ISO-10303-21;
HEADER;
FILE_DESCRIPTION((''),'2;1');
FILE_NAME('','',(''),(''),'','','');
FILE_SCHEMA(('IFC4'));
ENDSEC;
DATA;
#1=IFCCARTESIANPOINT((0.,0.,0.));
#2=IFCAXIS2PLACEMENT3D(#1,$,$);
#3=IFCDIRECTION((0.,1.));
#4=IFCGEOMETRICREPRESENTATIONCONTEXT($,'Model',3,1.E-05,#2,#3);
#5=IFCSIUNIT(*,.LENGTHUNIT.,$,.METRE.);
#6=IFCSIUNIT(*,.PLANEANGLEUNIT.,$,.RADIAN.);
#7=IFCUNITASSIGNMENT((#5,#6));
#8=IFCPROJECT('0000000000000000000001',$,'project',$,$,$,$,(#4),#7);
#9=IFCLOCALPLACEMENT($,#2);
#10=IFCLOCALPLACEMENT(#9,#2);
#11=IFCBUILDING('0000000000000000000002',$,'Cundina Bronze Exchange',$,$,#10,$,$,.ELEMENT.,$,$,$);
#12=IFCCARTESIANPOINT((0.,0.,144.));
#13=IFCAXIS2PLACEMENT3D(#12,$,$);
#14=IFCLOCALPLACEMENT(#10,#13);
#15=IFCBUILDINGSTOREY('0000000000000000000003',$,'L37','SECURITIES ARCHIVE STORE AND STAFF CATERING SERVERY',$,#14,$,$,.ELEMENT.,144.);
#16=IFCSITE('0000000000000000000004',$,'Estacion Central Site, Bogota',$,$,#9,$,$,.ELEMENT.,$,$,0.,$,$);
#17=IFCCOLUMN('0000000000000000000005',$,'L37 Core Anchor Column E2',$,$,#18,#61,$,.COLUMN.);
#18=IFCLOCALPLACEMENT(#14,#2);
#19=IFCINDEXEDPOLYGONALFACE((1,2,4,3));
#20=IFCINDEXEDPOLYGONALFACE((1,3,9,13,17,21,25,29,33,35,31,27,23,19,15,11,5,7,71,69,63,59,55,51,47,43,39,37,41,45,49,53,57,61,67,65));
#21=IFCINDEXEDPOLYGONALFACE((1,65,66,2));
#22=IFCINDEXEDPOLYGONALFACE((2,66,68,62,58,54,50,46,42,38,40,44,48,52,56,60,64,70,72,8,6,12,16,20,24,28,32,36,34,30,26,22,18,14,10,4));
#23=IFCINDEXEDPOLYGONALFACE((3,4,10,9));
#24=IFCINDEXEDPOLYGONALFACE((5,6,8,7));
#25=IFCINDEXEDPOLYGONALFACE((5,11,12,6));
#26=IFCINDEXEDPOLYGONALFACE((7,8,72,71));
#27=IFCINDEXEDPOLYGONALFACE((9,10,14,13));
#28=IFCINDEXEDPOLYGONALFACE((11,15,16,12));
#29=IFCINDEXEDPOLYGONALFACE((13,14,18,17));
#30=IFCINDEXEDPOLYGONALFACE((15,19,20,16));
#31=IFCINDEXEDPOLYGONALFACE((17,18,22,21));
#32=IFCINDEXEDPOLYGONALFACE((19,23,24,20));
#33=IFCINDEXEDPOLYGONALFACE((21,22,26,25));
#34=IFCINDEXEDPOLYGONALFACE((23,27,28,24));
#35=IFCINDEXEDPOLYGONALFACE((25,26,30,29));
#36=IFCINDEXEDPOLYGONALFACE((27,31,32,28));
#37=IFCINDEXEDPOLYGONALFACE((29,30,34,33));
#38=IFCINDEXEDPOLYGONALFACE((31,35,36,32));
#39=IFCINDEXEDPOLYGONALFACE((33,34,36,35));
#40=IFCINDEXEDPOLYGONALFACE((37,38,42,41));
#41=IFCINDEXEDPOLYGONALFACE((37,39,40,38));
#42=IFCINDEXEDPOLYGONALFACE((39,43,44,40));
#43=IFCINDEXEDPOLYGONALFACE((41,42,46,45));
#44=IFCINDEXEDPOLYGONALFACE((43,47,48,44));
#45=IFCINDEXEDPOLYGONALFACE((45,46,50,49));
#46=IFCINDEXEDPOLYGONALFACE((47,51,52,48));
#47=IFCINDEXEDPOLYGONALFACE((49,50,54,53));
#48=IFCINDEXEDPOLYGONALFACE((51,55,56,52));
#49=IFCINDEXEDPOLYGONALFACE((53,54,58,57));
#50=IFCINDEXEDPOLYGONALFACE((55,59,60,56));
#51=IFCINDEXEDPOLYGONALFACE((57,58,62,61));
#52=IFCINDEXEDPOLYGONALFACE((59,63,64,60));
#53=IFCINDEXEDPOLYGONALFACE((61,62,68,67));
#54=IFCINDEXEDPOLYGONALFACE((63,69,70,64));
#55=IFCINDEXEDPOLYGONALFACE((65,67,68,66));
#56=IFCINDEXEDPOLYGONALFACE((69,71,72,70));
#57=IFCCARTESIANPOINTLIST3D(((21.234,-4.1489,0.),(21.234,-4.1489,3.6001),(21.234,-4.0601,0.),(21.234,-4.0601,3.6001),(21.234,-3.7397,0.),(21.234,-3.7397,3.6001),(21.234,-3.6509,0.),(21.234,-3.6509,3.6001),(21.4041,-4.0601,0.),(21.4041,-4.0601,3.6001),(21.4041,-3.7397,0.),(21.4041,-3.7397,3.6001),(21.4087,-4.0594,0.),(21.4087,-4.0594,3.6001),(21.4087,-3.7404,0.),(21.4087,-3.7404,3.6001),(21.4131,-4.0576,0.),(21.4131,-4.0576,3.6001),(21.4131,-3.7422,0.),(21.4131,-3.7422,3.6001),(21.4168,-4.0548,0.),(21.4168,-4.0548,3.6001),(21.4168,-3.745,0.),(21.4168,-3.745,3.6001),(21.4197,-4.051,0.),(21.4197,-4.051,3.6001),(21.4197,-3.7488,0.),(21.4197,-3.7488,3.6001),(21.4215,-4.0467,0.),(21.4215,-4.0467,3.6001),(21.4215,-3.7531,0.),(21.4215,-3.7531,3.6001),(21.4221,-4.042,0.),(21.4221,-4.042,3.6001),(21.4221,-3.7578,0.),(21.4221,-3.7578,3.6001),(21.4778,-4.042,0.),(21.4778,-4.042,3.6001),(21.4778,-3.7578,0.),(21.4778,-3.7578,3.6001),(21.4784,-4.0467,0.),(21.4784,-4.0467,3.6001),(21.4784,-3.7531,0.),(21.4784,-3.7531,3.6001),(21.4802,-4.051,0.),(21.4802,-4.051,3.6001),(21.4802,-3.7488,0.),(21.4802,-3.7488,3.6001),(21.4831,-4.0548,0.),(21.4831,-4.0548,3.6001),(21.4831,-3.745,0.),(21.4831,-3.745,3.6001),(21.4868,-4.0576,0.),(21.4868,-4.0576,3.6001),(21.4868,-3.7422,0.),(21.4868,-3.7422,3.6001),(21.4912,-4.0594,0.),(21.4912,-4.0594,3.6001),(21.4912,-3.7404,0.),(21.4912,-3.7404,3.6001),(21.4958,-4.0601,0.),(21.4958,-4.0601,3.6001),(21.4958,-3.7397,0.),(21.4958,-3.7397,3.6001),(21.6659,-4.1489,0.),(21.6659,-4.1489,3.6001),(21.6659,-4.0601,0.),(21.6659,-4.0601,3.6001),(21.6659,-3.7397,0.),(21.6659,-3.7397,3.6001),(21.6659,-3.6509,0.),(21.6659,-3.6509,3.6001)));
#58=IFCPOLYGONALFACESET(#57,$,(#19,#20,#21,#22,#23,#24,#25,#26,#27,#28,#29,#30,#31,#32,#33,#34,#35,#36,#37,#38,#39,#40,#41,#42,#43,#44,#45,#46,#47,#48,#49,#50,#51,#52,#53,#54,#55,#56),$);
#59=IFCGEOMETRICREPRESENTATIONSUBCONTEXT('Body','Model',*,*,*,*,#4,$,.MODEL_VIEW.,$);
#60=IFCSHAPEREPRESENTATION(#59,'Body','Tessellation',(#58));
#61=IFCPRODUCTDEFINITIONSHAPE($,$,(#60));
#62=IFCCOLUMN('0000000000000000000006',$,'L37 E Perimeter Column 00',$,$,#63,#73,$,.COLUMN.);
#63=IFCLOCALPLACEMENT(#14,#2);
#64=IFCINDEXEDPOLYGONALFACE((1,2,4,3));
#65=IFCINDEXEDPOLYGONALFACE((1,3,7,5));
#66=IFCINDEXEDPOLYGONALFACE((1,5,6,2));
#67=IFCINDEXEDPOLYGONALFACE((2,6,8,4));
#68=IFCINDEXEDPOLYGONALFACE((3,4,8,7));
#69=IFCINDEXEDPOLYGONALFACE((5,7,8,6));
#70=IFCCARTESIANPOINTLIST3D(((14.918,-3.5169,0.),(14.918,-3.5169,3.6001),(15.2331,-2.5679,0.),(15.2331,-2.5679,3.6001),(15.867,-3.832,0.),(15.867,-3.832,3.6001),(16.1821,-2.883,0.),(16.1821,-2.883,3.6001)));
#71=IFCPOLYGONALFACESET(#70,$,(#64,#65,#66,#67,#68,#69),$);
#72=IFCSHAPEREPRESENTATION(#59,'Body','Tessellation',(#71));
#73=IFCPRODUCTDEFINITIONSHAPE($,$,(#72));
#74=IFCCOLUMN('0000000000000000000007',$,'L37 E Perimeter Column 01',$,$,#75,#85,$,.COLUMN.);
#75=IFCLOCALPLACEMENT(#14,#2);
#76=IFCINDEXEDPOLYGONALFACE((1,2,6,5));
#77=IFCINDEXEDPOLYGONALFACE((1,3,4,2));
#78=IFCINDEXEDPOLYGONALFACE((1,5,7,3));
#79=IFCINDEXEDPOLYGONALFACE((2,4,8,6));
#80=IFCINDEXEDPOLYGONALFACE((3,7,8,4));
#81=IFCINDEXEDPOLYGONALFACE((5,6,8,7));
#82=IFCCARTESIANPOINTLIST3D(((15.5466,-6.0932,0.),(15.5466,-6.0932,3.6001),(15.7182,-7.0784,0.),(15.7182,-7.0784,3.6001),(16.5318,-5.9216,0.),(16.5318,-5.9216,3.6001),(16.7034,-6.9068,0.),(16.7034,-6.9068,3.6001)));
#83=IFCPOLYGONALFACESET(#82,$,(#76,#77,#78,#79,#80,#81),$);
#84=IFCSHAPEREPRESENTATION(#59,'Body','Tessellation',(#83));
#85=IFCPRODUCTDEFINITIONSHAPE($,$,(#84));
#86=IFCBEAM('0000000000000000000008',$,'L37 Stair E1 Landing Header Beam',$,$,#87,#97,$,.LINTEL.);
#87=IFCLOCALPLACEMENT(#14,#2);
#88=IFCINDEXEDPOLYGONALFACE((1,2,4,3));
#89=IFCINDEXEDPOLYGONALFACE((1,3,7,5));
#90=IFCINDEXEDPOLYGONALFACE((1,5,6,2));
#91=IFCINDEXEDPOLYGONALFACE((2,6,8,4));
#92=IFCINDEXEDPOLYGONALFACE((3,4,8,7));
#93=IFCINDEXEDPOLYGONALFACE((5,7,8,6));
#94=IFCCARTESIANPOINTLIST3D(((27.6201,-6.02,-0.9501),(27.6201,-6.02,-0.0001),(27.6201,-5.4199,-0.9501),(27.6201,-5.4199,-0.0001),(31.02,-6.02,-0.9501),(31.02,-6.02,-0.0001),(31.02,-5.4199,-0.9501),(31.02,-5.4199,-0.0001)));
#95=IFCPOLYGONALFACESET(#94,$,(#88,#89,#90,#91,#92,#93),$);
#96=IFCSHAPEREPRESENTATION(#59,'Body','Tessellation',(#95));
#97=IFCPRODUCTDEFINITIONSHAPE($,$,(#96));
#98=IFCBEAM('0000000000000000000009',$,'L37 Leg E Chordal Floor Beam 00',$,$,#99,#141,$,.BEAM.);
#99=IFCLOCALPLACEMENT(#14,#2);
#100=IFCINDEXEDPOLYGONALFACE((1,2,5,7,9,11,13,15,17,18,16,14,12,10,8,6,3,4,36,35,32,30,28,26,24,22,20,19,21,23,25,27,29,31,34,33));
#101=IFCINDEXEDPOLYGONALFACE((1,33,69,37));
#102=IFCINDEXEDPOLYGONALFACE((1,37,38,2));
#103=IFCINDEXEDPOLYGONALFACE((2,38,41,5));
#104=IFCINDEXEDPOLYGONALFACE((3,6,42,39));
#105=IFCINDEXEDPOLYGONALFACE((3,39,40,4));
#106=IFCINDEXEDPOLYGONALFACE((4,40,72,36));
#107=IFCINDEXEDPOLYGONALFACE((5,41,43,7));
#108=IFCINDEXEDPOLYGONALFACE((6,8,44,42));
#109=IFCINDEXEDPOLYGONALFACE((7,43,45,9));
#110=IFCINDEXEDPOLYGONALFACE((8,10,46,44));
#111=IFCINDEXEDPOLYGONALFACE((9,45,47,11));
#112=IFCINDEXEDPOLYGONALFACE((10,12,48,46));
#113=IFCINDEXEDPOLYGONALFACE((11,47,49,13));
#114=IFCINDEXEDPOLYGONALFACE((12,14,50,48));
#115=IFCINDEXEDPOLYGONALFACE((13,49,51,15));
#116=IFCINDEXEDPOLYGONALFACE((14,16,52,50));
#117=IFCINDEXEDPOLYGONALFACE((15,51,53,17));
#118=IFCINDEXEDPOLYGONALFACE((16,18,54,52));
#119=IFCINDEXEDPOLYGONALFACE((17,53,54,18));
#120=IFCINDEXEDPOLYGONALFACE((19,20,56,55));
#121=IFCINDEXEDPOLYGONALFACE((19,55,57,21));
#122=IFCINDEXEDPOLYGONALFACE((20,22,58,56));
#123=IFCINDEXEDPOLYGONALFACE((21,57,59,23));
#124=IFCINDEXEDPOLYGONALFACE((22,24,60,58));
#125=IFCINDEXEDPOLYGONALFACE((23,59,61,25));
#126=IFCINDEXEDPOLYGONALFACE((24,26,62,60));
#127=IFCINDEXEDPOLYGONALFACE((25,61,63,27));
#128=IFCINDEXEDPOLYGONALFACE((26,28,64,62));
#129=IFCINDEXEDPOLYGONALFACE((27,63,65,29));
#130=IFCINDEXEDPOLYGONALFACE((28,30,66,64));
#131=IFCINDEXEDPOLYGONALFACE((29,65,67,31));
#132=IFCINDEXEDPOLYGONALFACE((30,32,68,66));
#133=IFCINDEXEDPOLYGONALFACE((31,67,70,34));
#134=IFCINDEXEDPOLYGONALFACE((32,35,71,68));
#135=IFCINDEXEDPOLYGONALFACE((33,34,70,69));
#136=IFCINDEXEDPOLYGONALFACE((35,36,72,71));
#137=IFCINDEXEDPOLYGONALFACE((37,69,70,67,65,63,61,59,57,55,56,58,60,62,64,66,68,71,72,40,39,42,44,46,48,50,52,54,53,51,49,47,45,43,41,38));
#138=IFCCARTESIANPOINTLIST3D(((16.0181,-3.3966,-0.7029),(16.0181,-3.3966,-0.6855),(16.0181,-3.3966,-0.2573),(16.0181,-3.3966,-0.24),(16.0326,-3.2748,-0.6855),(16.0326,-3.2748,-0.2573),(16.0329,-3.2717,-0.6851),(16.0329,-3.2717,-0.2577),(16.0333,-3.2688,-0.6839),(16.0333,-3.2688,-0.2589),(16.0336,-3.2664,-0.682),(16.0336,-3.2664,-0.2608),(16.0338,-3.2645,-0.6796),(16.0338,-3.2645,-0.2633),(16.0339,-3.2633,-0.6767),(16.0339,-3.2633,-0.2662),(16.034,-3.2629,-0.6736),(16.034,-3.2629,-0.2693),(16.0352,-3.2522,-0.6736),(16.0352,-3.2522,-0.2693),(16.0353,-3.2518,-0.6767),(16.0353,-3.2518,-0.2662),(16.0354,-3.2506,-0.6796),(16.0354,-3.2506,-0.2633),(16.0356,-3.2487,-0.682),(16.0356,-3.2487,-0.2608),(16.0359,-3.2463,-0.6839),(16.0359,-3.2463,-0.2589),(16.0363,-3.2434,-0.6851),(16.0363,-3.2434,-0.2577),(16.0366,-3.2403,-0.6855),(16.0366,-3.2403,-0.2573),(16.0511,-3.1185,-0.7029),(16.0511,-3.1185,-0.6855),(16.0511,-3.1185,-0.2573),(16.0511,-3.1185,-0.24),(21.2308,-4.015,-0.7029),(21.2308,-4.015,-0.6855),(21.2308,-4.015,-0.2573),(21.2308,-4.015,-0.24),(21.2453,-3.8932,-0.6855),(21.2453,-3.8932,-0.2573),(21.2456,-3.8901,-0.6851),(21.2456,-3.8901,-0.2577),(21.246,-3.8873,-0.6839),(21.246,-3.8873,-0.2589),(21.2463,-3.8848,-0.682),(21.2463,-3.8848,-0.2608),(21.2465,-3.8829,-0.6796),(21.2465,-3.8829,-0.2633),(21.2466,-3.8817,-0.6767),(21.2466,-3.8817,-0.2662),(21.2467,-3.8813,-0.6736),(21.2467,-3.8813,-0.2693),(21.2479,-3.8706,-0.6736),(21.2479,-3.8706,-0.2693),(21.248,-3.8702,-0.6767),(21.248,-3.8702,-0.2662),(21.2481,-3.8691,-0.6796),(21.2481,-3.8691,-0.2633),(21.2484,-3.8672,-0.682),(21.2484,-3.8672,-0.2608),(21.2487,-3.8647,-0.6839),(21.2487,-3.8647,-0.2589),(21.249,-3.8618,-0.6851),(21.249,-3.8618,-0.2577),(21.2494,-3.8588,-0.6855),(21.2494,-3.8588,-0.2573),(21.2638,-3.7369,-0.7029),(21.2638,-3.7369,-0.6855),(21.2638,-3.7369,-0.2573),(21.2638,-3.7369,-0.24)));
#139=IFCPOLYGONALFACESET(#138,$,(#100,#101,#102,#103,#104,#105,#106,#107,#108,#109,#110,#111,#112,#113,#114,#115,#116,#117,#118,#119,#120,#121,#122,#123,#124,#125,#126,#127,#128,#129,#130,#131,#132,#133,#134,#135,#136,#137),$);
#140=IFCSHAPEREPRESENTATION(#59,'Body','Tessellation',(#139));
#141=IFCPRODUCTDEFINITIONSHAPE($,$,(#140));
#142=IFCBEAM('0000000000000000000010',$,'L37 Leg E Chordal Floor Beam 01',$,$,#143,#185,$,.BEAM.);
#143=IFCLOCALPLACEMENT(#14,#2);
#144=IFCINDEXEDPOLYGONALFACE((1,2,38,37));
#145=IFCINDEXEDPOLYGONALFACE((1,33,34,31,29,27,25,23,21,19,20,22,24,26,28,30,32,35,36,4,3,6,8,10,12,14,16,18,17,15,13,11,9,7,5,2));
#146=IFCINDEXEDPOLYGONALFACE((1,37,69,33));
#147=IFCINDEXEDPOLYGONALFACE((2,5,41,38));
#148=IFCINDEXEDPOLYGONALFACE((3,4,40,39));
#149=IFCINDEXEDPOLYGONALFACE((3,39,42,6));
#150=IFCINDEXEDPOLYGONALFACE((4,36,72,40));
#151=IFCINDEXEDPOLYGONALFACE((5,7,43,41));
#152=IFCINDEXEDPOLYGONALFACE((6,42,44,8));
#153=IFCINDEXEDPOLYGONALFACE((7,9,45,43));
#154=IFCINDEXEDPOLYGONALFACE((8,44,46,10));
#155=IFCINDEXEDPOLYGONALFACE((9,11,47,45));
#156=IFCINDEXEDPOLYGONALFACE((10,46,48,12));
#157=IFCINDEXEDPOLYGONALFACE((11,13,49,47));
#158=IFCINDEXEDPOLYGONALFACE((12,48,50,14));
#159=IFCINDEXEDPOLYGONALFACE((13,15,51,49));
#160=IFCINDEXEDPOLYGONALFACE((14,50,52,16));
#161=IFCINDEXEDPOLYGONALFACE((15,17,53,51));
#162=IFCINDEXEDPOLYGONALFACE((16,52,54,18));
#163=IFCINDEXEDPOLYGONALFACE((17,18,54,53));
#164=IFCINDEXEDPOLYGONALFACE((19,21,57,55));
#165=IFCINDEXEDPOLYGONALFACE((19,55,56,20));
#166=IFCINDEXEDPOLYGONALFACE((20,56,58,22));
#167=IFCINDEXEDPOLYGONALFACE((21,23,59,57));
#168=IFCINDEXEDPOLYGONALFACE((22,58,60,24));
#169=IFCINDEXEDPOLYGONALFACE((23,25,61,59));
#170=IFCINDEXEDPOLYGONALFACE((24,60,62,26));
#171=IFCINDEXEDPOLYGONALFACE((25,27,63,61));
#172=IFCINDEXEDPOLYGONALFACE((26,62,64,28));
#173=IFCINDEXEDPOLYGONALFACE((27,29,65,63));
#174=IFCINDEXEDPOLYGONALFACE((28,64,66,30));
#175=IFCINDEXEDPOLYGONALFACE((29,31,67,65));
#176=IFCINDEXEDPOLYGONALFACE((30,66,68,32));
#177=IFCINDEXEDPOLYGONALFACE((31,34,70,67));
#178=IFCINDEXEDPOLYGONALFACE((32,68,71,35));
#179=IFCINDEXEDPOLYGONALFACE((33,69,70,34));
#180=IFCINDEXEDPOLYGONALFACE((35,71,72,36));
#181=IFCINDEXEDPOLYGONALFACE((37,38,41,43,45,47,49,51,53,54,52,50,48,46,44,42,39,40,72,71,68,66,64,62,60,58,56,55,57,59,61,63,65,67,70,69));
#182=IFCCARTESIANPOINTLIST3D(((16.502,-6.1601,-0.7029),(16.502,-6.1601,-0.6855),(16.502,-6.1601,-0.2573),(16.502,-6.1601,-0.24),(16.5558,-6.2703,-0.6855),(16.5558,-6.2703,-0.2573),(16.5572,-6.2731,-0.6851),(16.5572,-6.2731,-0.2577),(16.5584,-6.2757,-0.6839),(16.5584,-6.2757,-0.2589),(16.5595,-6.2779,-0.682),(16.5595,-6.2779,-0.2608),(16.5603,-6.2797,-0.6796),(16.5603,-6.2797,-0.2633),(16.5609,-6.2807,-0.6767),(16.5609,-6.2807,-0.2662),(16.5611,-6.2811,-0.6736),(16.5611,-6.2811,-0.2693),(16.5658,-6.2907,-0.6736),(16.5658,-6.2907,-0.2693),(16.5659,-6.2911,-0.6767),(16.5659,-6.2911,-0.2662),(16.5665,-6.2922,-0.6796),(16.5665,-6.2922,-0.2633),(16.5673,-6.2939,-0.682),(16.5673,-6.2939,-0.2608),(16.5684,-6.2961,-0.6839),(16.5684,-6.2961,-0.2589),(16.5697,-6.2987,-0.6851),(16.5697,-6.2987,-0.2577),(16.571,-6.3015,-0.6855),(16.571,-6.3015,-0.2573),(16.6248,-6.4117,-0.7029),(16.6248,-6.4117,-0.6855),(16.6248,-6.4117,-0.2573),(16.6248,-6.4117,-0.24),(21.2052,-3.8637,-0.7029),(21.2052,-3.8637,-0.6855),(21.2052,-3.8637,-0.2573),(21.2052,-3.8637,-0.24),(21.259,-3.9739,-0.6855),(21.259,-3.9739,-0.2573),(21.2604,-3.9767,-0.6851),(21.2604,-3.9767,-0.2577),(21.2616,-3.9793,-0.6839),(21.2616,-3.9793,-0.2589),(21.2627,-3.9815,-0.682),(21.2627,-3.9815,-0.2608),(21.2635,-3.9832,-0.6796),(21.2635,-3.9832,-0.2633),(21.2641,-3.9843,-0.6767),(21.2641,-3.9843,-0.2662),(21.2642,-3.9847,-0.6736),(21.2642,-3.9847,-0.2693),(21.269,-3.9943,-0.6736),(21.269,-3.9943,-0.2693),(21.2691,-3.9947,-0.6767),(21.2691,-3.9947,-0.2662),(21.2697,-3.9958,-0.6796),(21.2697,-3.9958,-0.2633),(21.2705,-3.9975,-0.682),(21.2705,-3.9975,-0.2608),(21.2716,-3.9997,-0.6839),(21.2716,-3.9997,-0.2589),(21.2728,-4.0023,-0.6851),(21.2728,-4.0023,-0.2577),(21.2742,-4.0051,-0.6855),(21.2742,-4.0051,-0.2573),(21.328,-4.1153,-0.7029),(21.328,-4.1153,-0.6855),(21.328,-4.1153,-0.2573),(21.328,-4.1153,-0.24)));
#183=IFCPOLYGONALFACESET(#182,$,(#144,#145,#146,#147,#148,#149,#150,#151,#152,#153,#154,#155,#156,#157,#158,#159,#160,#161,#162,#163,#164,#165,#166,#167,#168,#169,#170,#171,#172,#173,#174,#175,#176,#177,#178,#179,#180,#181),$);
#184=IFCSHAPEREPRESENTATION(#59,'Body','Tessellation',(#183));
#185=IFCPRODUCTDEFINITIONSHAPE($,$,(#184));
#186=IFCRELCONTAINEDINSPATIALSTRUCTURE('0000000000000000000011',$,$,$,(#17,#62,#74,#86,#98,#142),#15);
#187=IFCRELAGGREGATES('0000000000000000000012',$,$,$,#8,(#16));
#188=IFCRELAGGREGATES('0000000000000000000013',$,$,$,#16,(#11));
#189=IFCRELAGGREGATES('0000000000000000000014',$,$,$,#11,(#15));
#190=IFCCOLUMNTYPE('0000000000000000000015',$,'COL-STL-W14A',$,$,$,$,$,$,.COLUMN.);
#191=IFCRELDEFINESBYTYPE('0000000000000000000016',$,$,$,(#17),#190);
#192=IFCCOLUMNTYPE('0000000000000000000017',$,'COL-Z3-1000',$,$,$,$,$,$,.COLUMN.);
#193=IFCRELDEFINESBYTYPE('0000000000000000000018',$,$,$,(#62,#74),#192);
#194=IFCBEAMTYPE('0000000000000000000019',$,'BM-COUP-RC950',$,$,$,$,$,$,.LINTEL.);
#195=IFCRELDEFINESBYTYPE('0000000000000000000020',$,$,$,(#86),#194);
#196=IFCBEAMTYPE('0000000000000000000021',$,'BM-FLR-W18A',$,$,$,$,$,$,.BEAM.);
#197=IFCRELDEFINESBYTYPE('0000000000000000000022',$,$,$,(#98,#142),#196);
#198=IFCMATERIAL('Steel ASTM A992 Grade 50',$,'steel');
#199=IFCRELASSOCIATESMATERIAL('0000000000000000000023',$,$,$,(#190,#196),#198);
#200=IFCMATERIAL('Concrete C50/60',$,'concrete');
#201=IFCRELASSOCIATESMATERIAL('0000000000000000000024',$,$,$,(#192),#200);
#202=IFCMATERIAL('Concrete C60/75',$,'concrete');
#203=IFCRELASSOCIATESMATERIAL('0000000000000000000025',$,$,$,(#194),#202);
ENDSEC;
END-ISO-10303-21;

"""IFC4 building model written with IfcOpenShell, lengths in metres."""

from ifc_helpers import new_model, si_unit, direction, frame, origin, origin_2d, place, context, subcontext, project, spatial, rectangle, i_section, extrude, material, material_profile, profile_set, type_object, element, save


model = new_model("IFC4")

# Units and contexts
model_context = context("Model", 3, precision=1e-05, world=origin(), true_north=direction((0.0, 1.0)))
body_context = subcontext(model_context, "Body", "Model", "MODEL_VIEW")
ifc_project = project(units=[si_unit("LENGTHUNIT", "METRE"), si_unit("PLANEANGLEUNIT", "RADIAN")], contexts=[model_context])

# Site, building, storey
site_placement = place(None, origin())
site = spatial("IfcSite", under=ifc_project, at=site_placement, Name="Estacion Central Site, Bogota", CompositionType="ELEMENT", RefElevation=0.0)
building_placement = place(site_placement, origin())
building = spatial("IfcBuilding", under=site, at=building_placement, Name="Cundina Bronze Exchange", CompositionType="ELEMENT")
storey_placement = place(building_placement, frame((0.0, 0.0, 144.0)))
storey = spatial("IfcBuildingStorey", under=building, at=storey_placement, Name="L37", Description="SECURITIES ARCHIVE STORE AND STAFF CATERING SERVERY", CompositionType="ELEMENT", Elevation=144.0)

# Columns
ifc_material_1 = material(Name="Steel ASTM A992 Grade 50", Category="steel")
ifc_material_profile_1 = material_profile(ifc_material_1, i_section(OverallWidth=0.4319, OverallDepth=0.498, WebThickness=0.0557, FlangeThickness=0.0889, FilletRadius=0.0181, at=origin_2d()), Name="W14X500", Category="steel")
ifc_profile_set_1 = profile_set([ifc_material_profile_1], Name="Steel ASTM A992 Grade 50")
column_type_1 = type_object("IfcColumnType", Name="COL-STL-W14A", PredefinedType="COLUMN", material=ifc_profile_set_1)
column_placement = place(storey_placement, frame((21.45, -3.8999, 0.0), z_axis=(0.0, 0.0, 1.0), x_axis=(1.0, 0.0, 0.0)))
element("IfcColumn", 1, at=column_placement, inside=storey, type_object=column_type_1, Name="L37 Core Anchor Column E2", PredefinedType="COLUMN", context=body_context, shape_type="SweptSolid", body=[
    extrude(i_section(OverallWidth=0.4319, OverallDepth=0.498, WebThickness=0.0557, FlangeThickness=0.0889, FilletRadius=0.0181, at=origin_2d()), origin(), (0.0, 0.0, 1.0), 3.6001),
])
ifc_material_2 = material(Name="Concrete C50/60", Category="concrete")
ifc_material_profile_2 = material_profile(ifc_material_2, rectangle(XDim=1.0, YDim=1.0, at=origin_2d()), Name="RC1000X1000", Category="concrete")
ifc_profile_set_2 = profile_set([ifc_material_profile_2], Name="Concrete C50/60")
column_type_2 = type_object("IfcColumnType", Name="COL-Z3-1000", PredefinedType="COLUMN", material=ifc_profile_set_2)
for number, where, z_axis, x_axis, name in (
    (2, (15.55, -3.2, 0.0), (0.0, 0.0, 1.0), (-0.315152, -0.949041, 0.0), "L37 E Perimeter Column 00"),
    (3, (16.125, -6.5, 0.0), (0.0, 0.0, 1.0), (0.171585, -0.985169, 0.0), "L37 E Perimeter Column 01"),
):
    element("IfcColumn", number, at=place(storey_placement, frame(where, z_axis=z_axis, x_axis=x_axis)), inside=storey, type_object=column_type_2, Name=name, PredefinedType="COLUMN", context=body_context, shape_type="SweptSolid", body=[
        extrude(rectangle(XDim=1.0, YDim=1.0, at=origin_2d()), origin(), (0.0, 0.0, 1.0), 3.6001),
    ])

# Beams
ifc_material_3 = material(Name="Concrete C60/75", Category="concrete")
ifc_material_profile_3 = material_profile(ifc_material_3, rectangle(XDim=0.6001, YDim=0.95, at=origin_2d()), Name="RC600X950", Category="concrete")
ifc_profile_set_3 = profile_set([ifc_material_profile_3], Name="Concrete C60/75")
beam_type_1 = type_object("IfcBeamType", Name="BM-COUP-RC950", PredefinedType="LINTEL", material=ifc_profile_set_3)
beam_1_placement = place(storey_placement, frame((27.6201, -5.72, -0.4751), z_axis=(1.0, 0.0, 0.0), x_axis=(0.0, 1.0, 0.0)))
element("IfcBeam", 4, at=beam_1_placement, inside=storey, type_object=beam_type_1, Name="L37 Stair E1 Landing Header Beam", PredefinedType="LINTEL", context=body_context, shape_type="SweptSolid", body=[
    extrude(rectangle(XDim=0.6001, YDim=0.95, at=origin_2d()), origin(), (0.0, 0.0, 1.0), 3.3999),
])
ifc_material_profile_4 = material_profile(ifc_material_1, i_section(OverallWidth=0.28, OverallDepth=0.4629, WebThickness=0.0107, FlangeThickness=0.0173, FilletRadius=0.012, at=origin_2d()), Name="W18X76", Category="steel")
ifc_profile_set_4 = profile_set([ifc_material_profile_4], Name="Steel ASTM A992 Grade 50")
beam_type_2 = type_object("IfcBeamType", Name="BM-FLR-W18A", PredefinedType="BEAM", material=ifc_profile_set_4)
beam_2_placement = place(storey_placement, frame((21.2473, -3.876, -0.4714), z_axis=(-0.993036, 0.11781, 0.0), x_axis=(-0.11781, -0.993036, 0.0)))
element("IfcBeam", 5, at=beam_2_placement, inside=storey, type_object=beam_type_2, Name="L37 Leg E Chordal Floor Beam 00", PredefinedType="BEAM", context=body_context, shape_type="SweptSolid", body=[
    extrude(i_section(OverallWidth=0.28, OverallDepth=0.4629, WebThickness=0.0107, FlangeThickness=0.0173, FilletRadius=0.012, at=origin_2d()), origin(), (0.0, 0.0, 1.0), 5.2493),
])
beam_3_placement = place(storey_placement, frame((21.2666, -3.9895, -0.4714), z_axis=(-0.898604, -0.43876, 0.0), x_axis=(0.43876, -0.898604, 0.0)))
element("IfcBeam", 6, at=beam_3_placement, inside=storey, type_object=beam_type_2, Name="L37 Leg E Chordal Floor Beam 01", PredefinedType="BEAM", context=body_context, shape_type="SweptSolid", body=[
    extrude(i_section(OverallWidth=0.28, OverallDepth=0.4629, WebThickness=0.0107, FlangeThickness=0.0173, FilletRadius=0.012, at=origin_2d()), origin(), (0.0, 0.0, 1.0), 5.2339),
])

save(model, "model.ifc")
